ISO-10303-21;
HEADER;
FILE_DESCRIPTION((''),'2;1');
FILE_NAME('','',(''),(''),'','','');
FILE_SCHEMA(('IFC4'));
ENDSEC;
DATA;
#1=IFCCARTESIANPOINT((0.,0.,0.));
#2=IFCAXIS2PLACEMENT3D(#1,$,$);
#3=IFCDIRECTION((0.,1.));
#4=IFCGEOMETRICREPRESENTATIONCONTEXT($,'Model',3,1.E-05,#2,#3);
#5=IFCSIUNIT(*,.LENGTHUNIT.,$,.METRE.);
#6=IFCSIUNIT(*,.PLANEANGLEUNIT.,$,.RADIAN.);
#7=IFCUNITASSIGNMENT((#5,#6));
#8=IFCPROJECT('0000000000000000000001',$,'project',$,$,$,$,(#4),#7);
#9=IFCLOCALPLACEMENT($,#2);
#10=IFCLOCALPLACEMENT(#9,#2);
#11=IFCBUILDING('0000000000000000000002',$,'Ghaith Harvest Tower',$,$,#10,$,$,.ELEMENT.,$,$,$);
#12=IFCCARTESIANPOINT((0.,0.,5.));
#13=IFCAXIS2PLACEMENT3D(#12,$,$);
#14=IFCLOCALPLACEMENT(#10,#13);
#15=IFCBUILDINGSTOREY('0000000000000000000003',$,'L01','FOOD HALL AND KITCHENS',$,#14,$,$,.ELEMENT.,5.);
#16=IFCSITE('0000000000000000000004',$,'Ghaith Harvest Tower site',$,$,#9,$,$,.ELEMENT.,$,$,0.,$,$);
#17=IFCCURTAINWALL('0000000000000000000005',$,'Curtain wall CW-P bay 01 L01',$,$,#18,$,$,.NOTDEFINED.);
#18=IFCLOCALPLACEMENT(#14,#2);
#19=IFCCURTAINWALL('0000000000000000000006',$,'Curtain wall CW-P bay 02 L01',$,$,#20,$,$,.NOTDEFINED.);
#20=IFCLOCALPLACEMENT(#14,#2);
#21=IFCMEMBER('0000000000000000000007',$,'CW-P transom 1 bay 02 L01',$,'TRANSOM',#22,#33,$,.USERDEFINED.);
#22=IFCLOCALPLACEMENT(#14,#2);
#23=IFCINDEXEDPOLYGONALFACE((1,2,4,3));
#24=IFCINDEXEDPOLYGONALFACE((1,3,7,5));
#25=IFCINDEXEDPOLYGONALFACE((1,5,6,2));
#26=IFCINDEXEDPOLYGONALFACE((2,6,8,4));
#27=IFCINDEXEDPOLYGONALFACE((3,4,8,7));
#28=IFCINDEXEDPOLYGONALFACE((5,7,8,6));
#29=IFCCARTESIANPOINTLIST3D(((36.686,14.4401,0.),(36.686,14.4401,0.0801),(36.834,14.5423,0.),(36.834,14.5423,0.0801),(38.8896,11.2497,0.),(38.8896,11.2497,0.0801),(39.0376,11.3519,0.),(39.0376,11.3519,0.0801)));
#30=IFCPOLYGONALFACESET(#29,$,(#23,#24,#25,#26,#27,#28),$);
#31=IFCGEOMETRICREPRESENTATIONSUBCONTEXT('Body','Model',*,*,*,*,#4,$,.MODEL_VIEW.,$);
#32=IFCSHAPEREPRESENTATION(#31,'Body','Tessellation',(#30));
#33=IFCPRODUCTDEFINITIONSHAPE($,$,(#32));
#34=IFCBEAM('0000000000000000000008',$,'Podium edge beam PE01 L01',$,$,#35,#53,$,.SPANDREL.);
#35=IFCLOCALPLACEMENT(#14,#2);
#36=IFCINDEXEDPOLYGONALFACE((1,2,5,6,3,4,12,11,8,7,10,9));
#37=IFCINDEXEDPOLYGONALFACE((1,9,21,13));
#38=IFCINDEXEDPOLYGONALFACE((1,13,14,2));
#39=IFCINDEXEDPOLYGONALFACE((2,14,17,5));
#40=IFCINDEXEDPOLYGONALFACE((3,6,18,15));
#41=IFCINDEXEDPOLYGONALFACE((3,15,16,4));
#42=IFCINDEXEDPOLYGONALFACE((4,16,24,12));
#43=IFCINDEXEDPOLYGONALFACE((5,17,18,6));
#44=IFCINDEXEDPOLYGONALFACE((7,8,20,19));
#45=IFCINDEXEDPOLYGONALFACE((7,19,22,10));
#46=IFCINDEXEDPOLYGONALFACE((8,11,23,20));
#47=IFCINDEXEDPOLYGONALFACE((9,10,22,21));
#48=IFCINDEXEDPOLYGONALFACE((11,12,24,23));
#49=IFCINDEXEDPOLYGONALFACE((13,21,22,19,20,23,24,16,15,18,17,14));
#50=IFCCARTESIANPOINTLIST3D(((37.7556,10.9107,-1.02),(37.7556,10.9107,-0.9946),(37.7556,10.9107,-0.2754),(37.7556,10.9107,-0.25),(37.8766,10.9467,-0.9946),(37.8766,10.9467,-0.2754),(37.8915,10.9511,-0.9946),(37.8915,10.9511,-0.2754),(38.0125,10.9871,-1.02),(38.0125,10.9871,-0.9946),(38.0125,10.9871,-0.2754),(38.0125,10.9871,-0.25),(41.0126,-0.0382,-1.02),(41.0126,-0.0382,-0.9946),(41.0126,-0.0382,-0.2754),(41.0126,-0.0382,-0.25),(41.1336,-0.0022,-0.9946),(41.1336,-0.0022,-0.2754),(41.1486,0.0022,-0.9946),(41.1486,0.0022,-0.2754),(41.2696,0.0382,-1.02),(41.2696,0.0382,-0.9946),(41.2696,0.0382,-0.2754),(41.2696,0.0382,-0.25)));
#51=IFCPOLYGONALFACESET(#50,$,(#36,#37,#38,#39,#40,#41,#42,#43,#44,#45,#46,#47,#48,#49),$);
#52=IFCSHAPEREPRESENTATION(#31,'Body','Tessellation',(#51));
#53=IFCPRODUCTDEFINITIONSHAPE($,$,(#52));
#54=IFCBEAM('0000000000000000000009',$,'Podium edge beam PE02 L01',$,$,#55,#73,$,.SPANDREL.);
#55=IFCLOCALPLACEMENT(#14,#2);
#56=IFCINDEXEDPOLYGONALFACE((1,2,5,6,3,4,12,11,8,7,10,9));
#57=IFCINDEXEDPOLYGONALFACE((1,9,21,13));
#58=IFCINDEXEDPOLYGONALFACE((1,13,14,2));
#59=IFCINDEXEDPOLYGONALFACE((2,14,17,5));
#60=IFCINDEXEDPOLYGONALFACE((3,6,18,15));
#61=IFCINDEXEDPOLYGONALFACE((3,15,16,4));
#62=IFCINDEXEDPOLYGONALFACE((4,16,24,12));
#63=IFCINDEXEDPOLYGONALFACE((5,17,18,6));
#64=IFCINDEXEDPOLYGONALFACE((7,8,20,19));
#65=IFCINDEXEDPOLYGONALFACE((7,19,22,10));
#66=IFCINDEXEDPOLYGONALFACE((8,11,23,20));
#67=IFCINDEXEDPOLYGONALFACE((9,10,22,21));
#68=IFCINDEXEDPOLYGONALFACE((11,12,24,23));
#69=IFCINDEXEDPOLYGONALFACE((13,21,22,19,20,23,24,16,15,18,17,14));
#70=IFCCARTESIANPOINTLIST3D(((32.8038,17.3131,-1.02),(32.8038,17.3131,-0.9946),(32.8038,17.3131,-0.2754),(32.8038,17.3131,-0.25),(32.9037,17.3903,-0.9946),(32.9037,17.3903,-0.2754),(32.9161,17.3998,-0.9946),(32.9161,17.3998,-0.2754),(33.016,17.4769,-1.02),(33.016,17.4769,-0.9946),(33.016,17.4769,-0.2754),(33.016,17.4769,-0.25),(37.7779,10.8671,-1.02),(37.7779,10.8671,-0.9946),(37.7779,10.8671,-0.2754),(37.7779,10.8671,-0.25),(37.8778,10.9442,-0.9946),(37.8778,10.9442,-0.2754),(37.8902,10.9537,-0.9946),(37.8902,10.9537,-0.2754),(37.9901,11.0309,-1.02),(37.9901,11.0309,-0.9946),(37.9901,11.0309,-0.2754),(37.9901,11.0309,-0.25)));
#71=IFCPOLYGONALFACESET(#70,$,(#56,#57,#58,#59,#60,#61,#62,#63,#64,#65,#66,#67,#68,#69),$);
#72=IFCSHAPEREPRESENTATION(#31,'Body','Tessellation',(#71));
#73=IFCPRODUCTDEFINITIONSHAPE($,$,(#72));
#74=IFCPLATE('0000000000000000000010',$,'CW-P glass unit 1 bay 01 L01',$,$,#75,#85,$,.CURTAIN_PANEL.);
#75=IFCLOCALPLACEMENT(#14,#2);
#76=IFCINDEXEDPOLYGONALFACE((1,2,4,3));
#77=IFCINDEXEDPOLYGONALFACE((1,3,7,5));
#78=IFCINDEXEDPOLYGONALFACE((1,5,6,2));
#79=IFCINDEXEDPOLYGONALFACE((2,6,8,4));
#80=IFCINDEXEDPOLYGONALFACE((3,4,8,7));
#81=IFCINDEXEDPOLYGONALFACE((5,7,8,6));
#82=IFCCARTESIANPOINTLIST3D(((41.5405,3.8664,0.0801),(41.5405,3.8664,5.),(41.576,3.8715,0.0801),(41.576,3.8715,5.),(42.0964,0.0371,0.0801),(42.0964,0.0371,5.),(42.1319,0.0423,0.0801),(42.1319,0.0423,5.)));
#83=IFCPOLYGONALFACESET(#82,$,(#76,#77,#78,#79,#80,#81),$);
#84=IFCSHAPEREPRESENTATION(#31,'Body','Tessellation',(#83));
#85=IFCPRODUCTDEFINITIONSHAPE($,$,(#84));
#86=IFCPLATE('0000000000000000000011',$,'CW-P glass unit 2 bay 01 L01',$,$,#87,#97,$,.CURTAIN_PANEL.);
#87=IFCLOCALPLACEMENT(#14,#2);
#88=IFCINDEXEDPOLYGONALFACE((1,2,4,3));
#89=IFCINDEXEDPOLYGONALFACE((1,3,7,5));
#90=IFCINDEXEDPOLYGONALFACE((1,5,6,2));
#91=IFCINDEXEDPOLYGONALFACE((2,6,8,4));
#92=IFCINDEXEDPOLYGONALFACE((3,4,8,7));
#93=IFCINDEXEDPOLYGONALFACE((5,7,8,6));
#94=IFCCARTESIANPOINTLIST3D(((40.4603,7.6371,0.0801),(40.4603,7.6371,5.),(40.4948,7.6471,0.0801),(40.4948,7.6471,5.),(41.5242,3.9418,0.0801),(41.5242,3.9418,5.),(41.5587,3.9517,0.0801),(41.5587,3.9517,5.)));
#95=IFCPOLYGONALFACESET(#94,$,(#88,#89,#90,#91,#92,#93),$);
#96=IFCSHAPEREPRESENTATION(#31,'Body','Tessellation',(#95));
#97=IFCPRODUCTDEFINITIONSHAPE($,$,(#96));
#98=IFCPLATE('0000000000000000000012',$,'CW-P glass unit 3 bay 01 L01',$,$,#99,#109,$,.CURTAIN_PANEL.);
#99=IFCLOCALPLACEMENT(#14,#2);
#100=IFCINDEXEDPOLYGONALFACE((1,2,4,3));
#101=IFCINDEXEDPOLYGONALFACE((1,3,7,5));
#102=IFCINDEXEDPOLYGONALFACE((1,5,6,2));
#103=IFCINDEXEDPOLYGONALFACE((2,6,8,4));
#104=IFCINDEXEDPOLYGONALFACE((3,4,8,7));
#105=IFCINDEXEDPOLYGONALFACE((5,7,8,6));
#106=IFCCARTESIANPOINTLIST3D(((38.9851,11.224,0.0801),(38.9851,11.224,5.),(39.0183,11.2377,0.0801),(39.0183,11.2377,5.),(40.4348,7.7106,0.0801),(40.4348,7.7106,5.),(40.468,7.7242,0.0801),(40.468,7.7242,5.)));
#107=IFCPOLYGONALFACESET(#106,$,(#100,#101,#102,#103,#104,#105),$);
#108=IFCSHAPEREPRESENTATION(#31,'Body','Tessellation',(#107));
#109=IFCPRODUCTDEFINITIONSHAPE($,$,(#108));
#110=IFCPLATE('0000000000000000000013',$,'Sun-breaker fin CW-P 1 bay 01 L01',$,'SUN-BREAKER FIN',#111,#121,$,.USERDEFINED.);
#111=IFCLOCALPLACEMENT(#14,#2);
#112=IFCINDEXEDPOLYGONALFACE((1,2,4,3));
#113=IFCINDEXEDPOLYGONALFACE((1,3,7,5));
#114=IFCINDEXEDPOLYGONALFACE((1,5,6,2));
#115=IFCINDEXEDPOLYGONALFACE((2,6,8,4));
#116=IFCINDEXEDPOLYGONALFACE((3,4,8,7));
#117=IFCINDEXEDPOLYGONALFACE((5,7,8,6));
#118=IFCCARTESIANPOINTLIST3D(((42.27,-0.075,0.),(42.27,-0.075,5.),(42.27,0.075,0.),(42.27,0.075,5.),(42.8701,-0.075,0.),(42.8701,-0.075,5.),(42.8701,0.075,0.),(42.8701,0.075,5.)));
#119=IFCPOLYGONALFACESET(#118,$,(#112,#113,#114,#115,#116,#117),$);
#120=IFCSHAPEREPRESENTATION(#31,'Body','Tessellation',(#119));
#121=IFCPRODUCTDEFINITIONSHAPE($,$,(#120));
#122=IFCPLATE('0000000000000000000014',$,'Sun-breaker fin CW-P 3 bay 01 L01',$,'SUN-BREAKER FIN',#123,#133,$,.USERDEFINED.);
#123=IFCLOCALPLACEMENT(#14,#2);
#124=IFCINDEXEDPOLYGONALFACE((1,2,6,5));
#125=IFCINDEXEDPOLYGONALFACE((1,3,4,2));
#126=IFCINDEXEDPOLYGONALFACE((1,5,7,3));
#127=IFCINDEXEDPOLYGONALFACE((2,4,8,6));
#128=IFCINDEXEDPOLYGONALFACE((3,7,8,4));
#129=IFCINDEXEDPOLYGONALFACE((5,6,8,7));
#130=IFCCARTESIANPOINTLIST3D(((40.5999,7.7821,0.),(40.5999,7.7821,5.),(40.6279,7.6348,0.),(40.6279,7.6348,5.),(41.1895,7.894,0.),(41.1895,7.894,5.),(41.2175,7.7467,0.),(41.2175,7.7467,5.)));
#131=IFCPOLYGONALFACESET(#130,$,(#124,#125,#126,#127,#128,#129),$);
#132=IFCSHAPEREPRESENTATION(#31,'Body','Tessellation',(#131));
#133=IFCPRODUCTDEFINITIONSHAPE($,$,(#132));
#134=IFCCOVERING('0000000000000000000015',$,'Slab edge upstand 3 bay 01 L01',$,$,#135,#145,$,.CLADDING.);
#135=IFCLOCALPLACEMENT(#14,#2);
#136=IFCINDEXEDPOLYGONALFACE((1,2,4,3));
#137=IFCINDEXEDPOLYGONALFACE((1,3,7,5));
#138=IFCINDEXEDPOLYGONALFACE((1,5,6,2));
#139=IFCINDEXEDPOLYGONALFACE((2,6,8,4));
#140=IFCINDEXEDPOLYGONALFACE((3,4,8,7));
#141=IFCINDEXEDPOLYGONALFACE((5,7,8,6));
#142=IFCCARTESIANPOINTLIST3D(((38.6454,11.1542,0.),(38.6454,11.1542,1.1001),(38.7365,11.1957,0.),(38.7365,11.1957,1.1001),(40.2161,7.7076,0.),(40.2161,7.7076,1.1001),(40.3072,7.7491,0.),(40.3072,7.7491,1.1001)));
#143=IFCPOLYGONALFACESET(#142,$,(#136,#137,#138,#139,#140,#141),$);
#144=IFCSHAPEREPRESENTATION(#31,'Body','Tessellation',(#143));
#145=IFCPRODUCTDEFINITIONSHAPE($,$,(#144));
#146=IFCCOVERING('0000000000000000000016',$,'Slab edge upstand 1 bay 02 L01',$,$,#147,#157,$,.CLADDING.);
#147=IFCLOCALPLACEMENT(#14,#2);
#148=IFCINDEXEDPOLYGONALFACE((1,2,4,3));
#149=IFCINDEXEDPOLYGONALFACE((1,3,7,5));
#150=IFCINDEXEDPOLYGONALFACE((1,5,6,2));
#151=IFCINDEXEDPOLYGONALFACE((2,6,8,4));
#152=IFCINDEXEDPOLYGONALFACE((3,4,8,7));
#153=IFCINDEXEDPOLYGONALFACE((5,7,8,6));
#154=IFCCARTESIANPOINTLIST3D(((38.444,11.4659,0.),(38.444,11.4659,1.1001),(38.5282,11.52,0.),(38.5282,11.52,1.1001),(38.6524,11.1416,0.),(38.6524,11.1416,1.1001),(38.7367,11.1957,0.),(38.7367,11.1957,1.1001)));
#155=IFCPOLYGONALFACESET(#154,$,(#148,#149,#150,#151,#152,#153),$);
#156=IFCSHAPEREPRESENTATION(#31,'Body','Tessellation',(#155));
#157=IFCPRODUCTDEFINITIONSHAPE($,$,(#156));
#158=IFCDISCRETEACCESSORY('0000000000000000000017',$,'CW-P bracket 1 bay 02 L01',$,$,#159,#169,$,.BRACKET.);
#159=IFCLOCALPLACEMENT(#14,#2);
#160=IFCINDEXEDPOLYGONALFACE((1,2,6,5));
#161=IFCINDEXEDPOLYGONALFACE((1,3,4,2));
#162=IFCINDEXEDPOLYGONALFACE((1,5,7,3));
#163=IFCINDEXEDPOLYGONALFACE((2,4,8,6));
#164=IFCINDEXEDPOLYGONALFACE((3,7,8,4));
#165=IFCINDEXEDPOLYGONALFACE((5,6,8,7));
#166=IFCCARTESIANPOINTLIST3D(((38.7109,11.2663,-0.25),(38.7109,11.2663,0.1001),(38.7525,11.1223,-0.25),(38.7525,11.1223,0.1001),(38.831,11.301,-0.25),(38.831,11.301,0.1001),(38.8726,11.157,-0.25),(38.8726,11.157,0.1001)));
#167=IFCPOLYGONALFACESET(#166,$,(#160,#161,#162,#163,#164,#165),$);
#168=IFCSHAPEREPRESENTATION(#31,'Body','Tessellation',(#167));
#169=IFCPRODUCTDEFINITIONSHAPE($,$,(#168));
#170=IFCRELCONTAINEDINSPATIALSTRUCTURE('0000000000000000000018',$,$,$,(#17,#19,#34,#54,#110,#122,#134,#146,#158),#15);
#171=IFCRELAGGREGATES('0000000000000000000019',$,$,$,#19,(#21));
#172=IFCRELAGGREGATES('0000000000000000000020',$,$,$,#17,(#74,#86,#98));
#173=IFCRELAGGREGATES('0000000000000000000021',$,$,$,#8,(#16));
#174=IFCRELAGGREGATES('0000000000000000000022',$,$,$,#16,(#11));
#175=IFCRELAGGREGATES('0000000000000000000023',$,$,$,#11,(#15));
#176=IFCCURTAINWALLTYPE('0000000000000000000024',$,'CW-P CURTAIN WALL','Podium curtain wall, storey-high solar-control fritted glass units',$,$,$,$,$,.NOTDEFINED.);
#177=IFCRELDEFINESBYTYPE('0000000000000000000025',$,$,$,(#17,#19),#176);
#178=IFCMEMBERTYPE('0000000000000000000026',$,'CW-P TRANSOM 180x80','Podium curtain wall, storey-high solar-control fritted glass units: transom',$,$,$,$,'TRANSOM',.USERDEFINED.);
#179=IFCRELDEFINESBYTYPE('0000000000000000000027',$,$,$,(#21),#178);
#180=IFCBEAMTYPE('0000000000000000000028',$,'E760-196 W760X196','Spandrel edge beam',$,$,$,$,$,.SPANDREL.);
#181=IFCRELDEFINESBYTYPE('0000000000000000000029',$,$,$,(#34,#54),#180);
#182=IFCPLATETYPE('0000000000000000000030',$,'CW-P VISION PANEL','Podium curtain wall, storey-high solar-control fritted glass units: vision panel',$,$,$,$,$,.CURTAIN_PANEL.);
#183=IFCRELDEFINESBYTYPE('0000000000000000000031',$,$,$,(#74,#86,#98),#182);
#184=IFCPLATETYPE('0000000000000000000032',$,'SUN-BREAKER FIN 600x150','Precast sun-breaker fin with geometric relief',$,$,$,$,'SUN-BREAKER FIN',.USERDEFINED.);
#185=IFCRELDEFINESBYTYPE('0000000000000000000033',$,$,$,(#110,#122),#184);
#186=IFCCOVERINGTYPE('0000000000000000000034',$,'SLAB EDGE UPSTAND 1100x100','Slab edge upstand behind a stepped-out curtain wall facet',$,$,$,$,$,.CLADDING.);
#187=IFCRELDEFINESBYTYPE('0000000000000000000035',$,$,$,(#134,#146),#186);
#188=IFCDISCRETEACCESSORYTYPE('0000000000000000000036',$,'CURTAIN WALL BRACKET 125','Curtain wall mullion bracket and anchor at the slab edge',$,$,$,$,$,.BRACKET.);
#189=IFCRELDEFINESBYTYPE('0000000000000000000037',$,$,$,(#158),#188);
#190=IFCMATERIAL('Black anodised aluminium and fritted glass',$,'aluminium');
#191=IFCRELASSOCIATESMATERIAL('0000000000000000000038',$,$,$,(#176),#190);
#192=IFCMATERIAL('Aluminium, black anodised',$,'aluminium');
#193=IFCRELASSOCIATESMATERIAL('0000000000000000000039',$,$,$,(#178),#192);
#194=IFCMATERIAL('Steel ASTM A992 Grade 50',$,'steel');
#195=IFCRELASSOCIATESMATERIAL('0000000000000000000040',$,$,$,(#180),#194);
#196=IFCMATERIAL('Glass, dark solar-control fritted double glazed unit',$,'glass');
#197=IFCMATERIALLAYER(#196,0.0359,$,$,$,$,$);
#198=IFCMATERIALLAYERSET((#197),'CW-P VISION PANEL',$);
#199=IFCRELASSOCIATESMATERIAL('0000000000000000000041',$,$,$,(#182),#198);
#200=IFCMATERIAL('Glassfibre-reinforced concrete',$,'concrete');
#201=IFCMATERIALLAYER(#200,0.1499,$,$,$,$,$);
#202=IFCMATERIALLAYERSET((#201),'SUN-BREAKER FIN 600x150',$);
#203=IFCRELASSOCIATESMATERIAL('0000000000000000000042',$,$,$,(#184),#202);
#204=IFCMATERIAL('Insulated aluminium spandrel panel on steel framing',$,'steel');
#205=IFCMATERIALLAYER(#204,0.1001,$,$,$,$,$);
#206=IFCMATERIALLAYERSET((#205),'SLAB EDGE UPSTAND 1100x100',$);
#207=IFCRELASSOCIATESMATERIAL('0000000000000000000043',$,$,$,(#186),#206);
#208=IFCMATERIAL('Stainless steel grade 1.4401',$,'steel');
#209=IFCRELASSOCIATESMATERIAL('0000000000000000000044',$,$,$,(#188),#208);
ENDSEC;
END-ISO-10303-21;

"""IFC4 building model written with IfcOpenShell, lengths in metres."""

from ifc_helpers import new_model, si_unit, direction, frame, origin, origin_2d, place, context, subcontext, project, spatial, rectangle, i_section, extrude, material, layer, layer_set, material_profile, profile_set, type_object, element, aggregate, save


model = new_model("IFC4")

# Units and contexts
model_context = context("Model", 3, precision=1e-05, world=origin(), true_north=direction((0.0, 1.0)))
body_context = subcontext(model_context, "Body", "Model", "MODEL_VIEW")
ifc_project = project(units=[si_unit("LENGTHUNIT", "METRE"), si_unit("PLANEANGLEUNIT", "RADIAN")], contexts=[model_context])

# Site, building, storey
site_placement = place(None, origin())
site = spatial("IfcSite", under=ifc_project, at=site_placement, Name="Ghaith Harvest Tower site", CompositionType="ELEMENT", RefElevation=0.0)
building_placement = place(site_placement, origin())
building = spatial("IfcBuilding", under=site, at=building_placement, Name="Ghaith Harvest Tower", CompositionType="ELEMENT")
storey_placement = place(building_placement, frame((0.0, 0.0, 5.0)))
storey = spatial("IfcBuildingStorey", under=building, at=storey_placement, Name="L01", Description="FOOD HALL AND KITCHENS", CompositionType="ELEMENT", Elevation=5.0)

# Curtain wall
ifc_material_1 = material(Name="Black anodised aluminium and fritted glass", Category="aluminium")
curtain_wall_type = type_object("IfcCurtainWallType", Name="CW-P CURTAIN WALL", Description="Podium curtain wall, storey-high solar-control fritted glass units", PredefinedType="NOTDEFINED", material=ifc_material_1)
curtain_wall_1_placement = place(storey_placement, origin())
curtain_wall_1 = element("IfcCurtainWall", 1, at=curtain_wall_1_placement, inside=storey, type_object=curtain_wall_type, Name="Curtain wall CW-P bay 01 L01", PredefinedType="NOTDEFINED")

# Curtain wall
curtain_wall_2_placement = place(storey_placement, origin())
curtain_wall_2 = element("IfcCurtainWall", 2, at=curtain_wall_2_placement, inside=storey, type_object=curtain_wall_type, Name="Curtain wall CW-P bay 02 L01", PredefinedType="NOTDEFINED")

# Member
ifc_material_2 = material(Name="Aluminium, black anodised", Category="aluminium")
ifc_material_profile_1 = material_profile(ifc_material_2, rectangle(XDim=0.1799, YDim=0.0801, at=origin_2d()), Name="CW-P TRANSOM 180x80")
ifc_profile_set_1 = profile_set([ifc_material_profile_1], Name="Aluminium, black anodised")
member_type_1 = type_object("IfcMemberType", Name="CW-P TRANSOM 180x80", Description="Podium curtain wall, storey-high solar-control fritted glass units: transom", ElementType="TRANSOM", PredefinedType="USERDEFINED", material=ifc_profile_set_1)
member_1_placement = place(storey_placement, frame((38.9636, 11.3008, 0.04), z_axis=(-0.568313, 0.822813, 0.0), x_axis=(-0.822813, -0.568313, 0.0)))
member_1 = element("IfcMember", 3, at=member_1_placement, type_object=member_type_1, Name="CW-P transom 1 bay 02 L01", ObjectType="TRANSOM", PredefinedType="USERDEFINED", context=body_context, shape_type="SweptSolid", body=[
    extrude(rectangle(XDim=0.1799, YDim=0.0801, at=origin_2d()), origin(), (0.0, 0.0, 1.0), 3.8774),
])
aggregate(curtain_wall_2, [member_1])

# Beams
ifc_material_3 = material(Name="Steel ASTM A992 Grade 50", Category="steel")
ifc_material_profile_2 = material_profile(ifc_material_3, i_section(OverallWidth=0.2681, OverallDepth=0.77, WebThickness=0.0156, FlangeThickness=0.0254, at=origin_2d()), Name="W760X196")
ifc_profile_set_2 = profile_set([ifc_material_profile_2], Name="Steel ASTM A992 Grade 50")
beam_type = type_object("IfcBeamType", Name="E760-196 W760X196", Description="Spandrel edge beam", PredefinedType="SPANDREL", material=ifc_profile_set_2)
beam_1_placement = place(storey_placement, frame((41.1411, 0.0, -0.635), z_axis=(-0.285129, 0.958489, 0.0), x_axis=(-0.958489, -0.285129, 0.0)))
element("IfcBeam", 4, at=beam_1_placement, inside=storey, type_object=beam_type, Name="Podium edge beam PE01 L01", PredefinedType="SPANDREL", context=body_context, shape_type="SweptSolid", body=[
    extrude(i_section(OverallWidth=0.2681, OverallDepth=0.77, WebThickness=0.0156, FlangeThickness=0.0254, at=origin_2d()), origin(), (0.0, 0.0, 1.0), 11.4231),
])
beam_2_placement = place(storey_placement, frame((37.884, 10.949, -0.635), z_axis=(-0.610916, 0.791696, 0.0), x_axis=(-0.791696, -0.610916, 0.0)))
element("IfcBeam", 5, at=beam_2_placement, inside=storey, type_object=beam_type, Name="Podium edge beam PE02 L01", PredefinedType="SPANDREL", context=body_context, shape_type="SweptSolid", body=[
    extrude(i_section(OverallWidth=0.2681, OverallDepth=0.77, WebThickness=0.0156, FlangeThickness=0.0254, at=origin_2d()), origin(), (0.0, 0.0, 1.0), 8.1421),
])

# Plates
ifc_material_4 = material(Name="Glass, dark solar-control fritted double glazed unit", Category="glass")
ifc_layer_1 = layer(ifc_material_4, 0.0359)
ifc_layer_set_1 = layer_set([ifc_layer_1], Name="CW-P VISION PANEL")
plate_type_1 = type_object("IfcPlateType", Name="CW-P VISION PANEL", Description="Podium curtain wall, storey-high solar-control fritted glass units: vision panel", PredefinedType="CURTAIN_PANEL", material=ifc_layer_set_1)
plate_1_placement = place(storey_placement, frame((41.8362, 1.9543, 0.0801), z_axis=(0.0, 0.0, 1.0), x_axis=(-0.14367, 0.989626, 0.0)))
plate_1 = element("IfcPlate", 6, at=plate_1_placement, type_object=plate_type_1, Name="CW-P glass unit 1 bay 01 L01", PredefinedType="CURTAIN_PANEL", context=body_context, shape_type="SweptSolid", body=[
    extrude(rectangle(XDim=3.8694, YDim=0.0359, at=origin_2d()), origin(), (0.0, 0.0, 1.0), 4.9199),
])
plate_2_placement = place(storey_placement, frame((41.0095, 5.7944, 0.0801), z_axis=(0.0, 0.0, 1.0), x_axis=(-0.276673, 0.960964, 0.0)))
plate_2 = element("IfcPlate", 7, at=plate_2_placement, type_object=plate_type_1, Name="CW-P glass unit 2 bay 01 L01", PredefinedType="CURTAIN_PANEL", context=body_context, shape_type="SweptSolid", body=[
    extrude(rectangle(XDim=3.8455, YDim=0.0359, at=origin_2d()), origin(), (0.0, 0.0, 1.0), 4.9199),
])
plate_3_placement = place(storey_placement, frame((39.7266, 9.4741, 0.0801), z_axis=(0.0, 0.0, 1.0), x_axis=(-0.38143, 0.924398, 0.0)))
plate_3 = element("IfcPlate", 8, at=plate_3_placement, type_object=plate_type_1, Name="CW-P glass unit 3 bay 01 L01", PredefinedType="CURTAIN_PANEL", context=body_context, shape_type="SweptSolid", body=[
    extrude(rectangle(XDim=3.8008, YDim=0.0359, at=origin_2d()), origin(), (0.0, 0.0, 1.0), 4.9199),
])
aggregate(curtain_wall_1, [plate_1, plate_2, plate_3])

# Plates
ifc_material_5 = material(Name="Glassfibre-reinforced concrete", Category="concrete")
ifc_layer_2 = layer(ifc_material_5, 0.1499)
ifc_layer_set_2 = layer_set([ifc_layer_2], Name="SUN-BREAKER FIN 600x150")
plate_type_2 = type_object("IfcPlateType", Name="SUN-BREAKER FIN 600x150", Description="Precast sun-breaker fin with geometric relief", ElementType="SUN-BREAKER FIN", PredefinedType="USERDEFINED", material=ifc_layer_set_2)
for number, where, z_axis, x_axis, name in (
    (9, (42.5701, 0.0, 0.0), (0.0, 0.0, 1.0), (1.0, 0.0, 0.0), "Sun-breaker fin CW-P 1 bay 01 L01"),
    (10, (40.9087, 7.7644, 0.0), (0.0, 0.0, 1.0), (0.98246, 0.186471, 0.0), "Sun-breaker fin CW-P 3 bay 01 L01"),
):
    element("IfcPlate", number, at=place(storey_placement, frame(where, z_axis=z_axis, x_axis=x_axis)), inside=storey, type_object=plate_type_2, Name=name, ObjectType="SUN-BREAKER FIN", PredefinedType="USERDEFINED", context=body_context, shape_type="SweptSolid", body=[
        extrude(rectangle(XDim=0.6001, YDim=0.1499, at=origin_2d()), origin(), (0.0, 0.0, 1.0), 5.0),
    ])

# Coverings
ifc_material_6 = material(Name="Insulated aluminium spandrel panel on steel framing", Category="steel")
ifc_layer_3 = layer(ifc_material_6, 0.1001)
ifc_layer_set_3 = layer_set([ifc_layer_3], Name="SLAB EDGE UPSTAND 1100x100")
covering_type = type_object("IfcCoveringType", Name="SLAB EDGE UPSTAND 1100x100", Description="Slab edge upstand behind a stepped-out curtain wall facet", PredefinedType="CLADDING", material=ifc_layer_set_3)
covering_1_placement = place(storey_placement, frame((39.4763, 9.4517, 0.0), z_axis=(0.0, 0.0, 1.0), x_axis=(-0.414687, 0.909964, 0.0)))
element("IfcCovering", 11, at=covering_1_placement, inside=storey, type_object=covering_type, Name="Slab edge upstand 3 bay 01 L01", PredefinedType="CLADDING", context=body_context, shape_type="SweptSolid", body=[
    extrude(rectangle(XDim=3.7876, YDim=0.1001, at=origin_2d()), origin(), (0.0, 0.0, 1.0), 1.1001),
])
covering_2_placement = place(storey_placement, frame((38.5903, 11.3308, 0.0), z_axis=(0.0, 0.0, 1.0), x_axis=(-0.540682, 0.841227, 0.0)))
element("IfcCovering", 12, at=covering_2_placement, inside=storey, type_object=covering_type, Name="Slab edge upstand 1 bay 02 L01", PredefinedType="CLADDING", context=body_context, shape_type="SweptSolid", body=[
    extrude(rectangle(XDim=0.3855, YDim=0.1001, at=origin_2d()), origin(), (0.0, 0.0, 1.0), 1.1001),
])

# Discrete accessory
ifc_material_7 = material(Name="Stainless steel grade 1.4401", Category="steel")
discrete_accessory_type = type_object("IfcDiscreteAccessoryType", Name="CURTAIN WALL BRACKET 125", Description="Curtain wall mullion bracket and anchor at the slab edge", PredefinedType="BRACKET", material=ifc_material_7)
discrete_accessory_placement = place(storey_placement, frame((38.7917, 11.2117, -0.25), z_axis=(0.0, 0.0, 1.0), x_axis=(0.96068, 0.277657, 0.0)))
element("IfcDiscreteAccessory", 13, at=discrete_accessory_placement, inside=storey, type_object=discrete_accessory_type, Name="CW-P bracket 1 bay 02 L01", PredefinedType="BRACKET", context=body_context, shape_type="SweptSolid", body=[
    extrude(rectangle(XDim=0.125, YDim=0.1499, at=origin_2d()), origin(), (0.0, 0.0, 1.0), 0.3501),
])

save(model, "model.ifc")
